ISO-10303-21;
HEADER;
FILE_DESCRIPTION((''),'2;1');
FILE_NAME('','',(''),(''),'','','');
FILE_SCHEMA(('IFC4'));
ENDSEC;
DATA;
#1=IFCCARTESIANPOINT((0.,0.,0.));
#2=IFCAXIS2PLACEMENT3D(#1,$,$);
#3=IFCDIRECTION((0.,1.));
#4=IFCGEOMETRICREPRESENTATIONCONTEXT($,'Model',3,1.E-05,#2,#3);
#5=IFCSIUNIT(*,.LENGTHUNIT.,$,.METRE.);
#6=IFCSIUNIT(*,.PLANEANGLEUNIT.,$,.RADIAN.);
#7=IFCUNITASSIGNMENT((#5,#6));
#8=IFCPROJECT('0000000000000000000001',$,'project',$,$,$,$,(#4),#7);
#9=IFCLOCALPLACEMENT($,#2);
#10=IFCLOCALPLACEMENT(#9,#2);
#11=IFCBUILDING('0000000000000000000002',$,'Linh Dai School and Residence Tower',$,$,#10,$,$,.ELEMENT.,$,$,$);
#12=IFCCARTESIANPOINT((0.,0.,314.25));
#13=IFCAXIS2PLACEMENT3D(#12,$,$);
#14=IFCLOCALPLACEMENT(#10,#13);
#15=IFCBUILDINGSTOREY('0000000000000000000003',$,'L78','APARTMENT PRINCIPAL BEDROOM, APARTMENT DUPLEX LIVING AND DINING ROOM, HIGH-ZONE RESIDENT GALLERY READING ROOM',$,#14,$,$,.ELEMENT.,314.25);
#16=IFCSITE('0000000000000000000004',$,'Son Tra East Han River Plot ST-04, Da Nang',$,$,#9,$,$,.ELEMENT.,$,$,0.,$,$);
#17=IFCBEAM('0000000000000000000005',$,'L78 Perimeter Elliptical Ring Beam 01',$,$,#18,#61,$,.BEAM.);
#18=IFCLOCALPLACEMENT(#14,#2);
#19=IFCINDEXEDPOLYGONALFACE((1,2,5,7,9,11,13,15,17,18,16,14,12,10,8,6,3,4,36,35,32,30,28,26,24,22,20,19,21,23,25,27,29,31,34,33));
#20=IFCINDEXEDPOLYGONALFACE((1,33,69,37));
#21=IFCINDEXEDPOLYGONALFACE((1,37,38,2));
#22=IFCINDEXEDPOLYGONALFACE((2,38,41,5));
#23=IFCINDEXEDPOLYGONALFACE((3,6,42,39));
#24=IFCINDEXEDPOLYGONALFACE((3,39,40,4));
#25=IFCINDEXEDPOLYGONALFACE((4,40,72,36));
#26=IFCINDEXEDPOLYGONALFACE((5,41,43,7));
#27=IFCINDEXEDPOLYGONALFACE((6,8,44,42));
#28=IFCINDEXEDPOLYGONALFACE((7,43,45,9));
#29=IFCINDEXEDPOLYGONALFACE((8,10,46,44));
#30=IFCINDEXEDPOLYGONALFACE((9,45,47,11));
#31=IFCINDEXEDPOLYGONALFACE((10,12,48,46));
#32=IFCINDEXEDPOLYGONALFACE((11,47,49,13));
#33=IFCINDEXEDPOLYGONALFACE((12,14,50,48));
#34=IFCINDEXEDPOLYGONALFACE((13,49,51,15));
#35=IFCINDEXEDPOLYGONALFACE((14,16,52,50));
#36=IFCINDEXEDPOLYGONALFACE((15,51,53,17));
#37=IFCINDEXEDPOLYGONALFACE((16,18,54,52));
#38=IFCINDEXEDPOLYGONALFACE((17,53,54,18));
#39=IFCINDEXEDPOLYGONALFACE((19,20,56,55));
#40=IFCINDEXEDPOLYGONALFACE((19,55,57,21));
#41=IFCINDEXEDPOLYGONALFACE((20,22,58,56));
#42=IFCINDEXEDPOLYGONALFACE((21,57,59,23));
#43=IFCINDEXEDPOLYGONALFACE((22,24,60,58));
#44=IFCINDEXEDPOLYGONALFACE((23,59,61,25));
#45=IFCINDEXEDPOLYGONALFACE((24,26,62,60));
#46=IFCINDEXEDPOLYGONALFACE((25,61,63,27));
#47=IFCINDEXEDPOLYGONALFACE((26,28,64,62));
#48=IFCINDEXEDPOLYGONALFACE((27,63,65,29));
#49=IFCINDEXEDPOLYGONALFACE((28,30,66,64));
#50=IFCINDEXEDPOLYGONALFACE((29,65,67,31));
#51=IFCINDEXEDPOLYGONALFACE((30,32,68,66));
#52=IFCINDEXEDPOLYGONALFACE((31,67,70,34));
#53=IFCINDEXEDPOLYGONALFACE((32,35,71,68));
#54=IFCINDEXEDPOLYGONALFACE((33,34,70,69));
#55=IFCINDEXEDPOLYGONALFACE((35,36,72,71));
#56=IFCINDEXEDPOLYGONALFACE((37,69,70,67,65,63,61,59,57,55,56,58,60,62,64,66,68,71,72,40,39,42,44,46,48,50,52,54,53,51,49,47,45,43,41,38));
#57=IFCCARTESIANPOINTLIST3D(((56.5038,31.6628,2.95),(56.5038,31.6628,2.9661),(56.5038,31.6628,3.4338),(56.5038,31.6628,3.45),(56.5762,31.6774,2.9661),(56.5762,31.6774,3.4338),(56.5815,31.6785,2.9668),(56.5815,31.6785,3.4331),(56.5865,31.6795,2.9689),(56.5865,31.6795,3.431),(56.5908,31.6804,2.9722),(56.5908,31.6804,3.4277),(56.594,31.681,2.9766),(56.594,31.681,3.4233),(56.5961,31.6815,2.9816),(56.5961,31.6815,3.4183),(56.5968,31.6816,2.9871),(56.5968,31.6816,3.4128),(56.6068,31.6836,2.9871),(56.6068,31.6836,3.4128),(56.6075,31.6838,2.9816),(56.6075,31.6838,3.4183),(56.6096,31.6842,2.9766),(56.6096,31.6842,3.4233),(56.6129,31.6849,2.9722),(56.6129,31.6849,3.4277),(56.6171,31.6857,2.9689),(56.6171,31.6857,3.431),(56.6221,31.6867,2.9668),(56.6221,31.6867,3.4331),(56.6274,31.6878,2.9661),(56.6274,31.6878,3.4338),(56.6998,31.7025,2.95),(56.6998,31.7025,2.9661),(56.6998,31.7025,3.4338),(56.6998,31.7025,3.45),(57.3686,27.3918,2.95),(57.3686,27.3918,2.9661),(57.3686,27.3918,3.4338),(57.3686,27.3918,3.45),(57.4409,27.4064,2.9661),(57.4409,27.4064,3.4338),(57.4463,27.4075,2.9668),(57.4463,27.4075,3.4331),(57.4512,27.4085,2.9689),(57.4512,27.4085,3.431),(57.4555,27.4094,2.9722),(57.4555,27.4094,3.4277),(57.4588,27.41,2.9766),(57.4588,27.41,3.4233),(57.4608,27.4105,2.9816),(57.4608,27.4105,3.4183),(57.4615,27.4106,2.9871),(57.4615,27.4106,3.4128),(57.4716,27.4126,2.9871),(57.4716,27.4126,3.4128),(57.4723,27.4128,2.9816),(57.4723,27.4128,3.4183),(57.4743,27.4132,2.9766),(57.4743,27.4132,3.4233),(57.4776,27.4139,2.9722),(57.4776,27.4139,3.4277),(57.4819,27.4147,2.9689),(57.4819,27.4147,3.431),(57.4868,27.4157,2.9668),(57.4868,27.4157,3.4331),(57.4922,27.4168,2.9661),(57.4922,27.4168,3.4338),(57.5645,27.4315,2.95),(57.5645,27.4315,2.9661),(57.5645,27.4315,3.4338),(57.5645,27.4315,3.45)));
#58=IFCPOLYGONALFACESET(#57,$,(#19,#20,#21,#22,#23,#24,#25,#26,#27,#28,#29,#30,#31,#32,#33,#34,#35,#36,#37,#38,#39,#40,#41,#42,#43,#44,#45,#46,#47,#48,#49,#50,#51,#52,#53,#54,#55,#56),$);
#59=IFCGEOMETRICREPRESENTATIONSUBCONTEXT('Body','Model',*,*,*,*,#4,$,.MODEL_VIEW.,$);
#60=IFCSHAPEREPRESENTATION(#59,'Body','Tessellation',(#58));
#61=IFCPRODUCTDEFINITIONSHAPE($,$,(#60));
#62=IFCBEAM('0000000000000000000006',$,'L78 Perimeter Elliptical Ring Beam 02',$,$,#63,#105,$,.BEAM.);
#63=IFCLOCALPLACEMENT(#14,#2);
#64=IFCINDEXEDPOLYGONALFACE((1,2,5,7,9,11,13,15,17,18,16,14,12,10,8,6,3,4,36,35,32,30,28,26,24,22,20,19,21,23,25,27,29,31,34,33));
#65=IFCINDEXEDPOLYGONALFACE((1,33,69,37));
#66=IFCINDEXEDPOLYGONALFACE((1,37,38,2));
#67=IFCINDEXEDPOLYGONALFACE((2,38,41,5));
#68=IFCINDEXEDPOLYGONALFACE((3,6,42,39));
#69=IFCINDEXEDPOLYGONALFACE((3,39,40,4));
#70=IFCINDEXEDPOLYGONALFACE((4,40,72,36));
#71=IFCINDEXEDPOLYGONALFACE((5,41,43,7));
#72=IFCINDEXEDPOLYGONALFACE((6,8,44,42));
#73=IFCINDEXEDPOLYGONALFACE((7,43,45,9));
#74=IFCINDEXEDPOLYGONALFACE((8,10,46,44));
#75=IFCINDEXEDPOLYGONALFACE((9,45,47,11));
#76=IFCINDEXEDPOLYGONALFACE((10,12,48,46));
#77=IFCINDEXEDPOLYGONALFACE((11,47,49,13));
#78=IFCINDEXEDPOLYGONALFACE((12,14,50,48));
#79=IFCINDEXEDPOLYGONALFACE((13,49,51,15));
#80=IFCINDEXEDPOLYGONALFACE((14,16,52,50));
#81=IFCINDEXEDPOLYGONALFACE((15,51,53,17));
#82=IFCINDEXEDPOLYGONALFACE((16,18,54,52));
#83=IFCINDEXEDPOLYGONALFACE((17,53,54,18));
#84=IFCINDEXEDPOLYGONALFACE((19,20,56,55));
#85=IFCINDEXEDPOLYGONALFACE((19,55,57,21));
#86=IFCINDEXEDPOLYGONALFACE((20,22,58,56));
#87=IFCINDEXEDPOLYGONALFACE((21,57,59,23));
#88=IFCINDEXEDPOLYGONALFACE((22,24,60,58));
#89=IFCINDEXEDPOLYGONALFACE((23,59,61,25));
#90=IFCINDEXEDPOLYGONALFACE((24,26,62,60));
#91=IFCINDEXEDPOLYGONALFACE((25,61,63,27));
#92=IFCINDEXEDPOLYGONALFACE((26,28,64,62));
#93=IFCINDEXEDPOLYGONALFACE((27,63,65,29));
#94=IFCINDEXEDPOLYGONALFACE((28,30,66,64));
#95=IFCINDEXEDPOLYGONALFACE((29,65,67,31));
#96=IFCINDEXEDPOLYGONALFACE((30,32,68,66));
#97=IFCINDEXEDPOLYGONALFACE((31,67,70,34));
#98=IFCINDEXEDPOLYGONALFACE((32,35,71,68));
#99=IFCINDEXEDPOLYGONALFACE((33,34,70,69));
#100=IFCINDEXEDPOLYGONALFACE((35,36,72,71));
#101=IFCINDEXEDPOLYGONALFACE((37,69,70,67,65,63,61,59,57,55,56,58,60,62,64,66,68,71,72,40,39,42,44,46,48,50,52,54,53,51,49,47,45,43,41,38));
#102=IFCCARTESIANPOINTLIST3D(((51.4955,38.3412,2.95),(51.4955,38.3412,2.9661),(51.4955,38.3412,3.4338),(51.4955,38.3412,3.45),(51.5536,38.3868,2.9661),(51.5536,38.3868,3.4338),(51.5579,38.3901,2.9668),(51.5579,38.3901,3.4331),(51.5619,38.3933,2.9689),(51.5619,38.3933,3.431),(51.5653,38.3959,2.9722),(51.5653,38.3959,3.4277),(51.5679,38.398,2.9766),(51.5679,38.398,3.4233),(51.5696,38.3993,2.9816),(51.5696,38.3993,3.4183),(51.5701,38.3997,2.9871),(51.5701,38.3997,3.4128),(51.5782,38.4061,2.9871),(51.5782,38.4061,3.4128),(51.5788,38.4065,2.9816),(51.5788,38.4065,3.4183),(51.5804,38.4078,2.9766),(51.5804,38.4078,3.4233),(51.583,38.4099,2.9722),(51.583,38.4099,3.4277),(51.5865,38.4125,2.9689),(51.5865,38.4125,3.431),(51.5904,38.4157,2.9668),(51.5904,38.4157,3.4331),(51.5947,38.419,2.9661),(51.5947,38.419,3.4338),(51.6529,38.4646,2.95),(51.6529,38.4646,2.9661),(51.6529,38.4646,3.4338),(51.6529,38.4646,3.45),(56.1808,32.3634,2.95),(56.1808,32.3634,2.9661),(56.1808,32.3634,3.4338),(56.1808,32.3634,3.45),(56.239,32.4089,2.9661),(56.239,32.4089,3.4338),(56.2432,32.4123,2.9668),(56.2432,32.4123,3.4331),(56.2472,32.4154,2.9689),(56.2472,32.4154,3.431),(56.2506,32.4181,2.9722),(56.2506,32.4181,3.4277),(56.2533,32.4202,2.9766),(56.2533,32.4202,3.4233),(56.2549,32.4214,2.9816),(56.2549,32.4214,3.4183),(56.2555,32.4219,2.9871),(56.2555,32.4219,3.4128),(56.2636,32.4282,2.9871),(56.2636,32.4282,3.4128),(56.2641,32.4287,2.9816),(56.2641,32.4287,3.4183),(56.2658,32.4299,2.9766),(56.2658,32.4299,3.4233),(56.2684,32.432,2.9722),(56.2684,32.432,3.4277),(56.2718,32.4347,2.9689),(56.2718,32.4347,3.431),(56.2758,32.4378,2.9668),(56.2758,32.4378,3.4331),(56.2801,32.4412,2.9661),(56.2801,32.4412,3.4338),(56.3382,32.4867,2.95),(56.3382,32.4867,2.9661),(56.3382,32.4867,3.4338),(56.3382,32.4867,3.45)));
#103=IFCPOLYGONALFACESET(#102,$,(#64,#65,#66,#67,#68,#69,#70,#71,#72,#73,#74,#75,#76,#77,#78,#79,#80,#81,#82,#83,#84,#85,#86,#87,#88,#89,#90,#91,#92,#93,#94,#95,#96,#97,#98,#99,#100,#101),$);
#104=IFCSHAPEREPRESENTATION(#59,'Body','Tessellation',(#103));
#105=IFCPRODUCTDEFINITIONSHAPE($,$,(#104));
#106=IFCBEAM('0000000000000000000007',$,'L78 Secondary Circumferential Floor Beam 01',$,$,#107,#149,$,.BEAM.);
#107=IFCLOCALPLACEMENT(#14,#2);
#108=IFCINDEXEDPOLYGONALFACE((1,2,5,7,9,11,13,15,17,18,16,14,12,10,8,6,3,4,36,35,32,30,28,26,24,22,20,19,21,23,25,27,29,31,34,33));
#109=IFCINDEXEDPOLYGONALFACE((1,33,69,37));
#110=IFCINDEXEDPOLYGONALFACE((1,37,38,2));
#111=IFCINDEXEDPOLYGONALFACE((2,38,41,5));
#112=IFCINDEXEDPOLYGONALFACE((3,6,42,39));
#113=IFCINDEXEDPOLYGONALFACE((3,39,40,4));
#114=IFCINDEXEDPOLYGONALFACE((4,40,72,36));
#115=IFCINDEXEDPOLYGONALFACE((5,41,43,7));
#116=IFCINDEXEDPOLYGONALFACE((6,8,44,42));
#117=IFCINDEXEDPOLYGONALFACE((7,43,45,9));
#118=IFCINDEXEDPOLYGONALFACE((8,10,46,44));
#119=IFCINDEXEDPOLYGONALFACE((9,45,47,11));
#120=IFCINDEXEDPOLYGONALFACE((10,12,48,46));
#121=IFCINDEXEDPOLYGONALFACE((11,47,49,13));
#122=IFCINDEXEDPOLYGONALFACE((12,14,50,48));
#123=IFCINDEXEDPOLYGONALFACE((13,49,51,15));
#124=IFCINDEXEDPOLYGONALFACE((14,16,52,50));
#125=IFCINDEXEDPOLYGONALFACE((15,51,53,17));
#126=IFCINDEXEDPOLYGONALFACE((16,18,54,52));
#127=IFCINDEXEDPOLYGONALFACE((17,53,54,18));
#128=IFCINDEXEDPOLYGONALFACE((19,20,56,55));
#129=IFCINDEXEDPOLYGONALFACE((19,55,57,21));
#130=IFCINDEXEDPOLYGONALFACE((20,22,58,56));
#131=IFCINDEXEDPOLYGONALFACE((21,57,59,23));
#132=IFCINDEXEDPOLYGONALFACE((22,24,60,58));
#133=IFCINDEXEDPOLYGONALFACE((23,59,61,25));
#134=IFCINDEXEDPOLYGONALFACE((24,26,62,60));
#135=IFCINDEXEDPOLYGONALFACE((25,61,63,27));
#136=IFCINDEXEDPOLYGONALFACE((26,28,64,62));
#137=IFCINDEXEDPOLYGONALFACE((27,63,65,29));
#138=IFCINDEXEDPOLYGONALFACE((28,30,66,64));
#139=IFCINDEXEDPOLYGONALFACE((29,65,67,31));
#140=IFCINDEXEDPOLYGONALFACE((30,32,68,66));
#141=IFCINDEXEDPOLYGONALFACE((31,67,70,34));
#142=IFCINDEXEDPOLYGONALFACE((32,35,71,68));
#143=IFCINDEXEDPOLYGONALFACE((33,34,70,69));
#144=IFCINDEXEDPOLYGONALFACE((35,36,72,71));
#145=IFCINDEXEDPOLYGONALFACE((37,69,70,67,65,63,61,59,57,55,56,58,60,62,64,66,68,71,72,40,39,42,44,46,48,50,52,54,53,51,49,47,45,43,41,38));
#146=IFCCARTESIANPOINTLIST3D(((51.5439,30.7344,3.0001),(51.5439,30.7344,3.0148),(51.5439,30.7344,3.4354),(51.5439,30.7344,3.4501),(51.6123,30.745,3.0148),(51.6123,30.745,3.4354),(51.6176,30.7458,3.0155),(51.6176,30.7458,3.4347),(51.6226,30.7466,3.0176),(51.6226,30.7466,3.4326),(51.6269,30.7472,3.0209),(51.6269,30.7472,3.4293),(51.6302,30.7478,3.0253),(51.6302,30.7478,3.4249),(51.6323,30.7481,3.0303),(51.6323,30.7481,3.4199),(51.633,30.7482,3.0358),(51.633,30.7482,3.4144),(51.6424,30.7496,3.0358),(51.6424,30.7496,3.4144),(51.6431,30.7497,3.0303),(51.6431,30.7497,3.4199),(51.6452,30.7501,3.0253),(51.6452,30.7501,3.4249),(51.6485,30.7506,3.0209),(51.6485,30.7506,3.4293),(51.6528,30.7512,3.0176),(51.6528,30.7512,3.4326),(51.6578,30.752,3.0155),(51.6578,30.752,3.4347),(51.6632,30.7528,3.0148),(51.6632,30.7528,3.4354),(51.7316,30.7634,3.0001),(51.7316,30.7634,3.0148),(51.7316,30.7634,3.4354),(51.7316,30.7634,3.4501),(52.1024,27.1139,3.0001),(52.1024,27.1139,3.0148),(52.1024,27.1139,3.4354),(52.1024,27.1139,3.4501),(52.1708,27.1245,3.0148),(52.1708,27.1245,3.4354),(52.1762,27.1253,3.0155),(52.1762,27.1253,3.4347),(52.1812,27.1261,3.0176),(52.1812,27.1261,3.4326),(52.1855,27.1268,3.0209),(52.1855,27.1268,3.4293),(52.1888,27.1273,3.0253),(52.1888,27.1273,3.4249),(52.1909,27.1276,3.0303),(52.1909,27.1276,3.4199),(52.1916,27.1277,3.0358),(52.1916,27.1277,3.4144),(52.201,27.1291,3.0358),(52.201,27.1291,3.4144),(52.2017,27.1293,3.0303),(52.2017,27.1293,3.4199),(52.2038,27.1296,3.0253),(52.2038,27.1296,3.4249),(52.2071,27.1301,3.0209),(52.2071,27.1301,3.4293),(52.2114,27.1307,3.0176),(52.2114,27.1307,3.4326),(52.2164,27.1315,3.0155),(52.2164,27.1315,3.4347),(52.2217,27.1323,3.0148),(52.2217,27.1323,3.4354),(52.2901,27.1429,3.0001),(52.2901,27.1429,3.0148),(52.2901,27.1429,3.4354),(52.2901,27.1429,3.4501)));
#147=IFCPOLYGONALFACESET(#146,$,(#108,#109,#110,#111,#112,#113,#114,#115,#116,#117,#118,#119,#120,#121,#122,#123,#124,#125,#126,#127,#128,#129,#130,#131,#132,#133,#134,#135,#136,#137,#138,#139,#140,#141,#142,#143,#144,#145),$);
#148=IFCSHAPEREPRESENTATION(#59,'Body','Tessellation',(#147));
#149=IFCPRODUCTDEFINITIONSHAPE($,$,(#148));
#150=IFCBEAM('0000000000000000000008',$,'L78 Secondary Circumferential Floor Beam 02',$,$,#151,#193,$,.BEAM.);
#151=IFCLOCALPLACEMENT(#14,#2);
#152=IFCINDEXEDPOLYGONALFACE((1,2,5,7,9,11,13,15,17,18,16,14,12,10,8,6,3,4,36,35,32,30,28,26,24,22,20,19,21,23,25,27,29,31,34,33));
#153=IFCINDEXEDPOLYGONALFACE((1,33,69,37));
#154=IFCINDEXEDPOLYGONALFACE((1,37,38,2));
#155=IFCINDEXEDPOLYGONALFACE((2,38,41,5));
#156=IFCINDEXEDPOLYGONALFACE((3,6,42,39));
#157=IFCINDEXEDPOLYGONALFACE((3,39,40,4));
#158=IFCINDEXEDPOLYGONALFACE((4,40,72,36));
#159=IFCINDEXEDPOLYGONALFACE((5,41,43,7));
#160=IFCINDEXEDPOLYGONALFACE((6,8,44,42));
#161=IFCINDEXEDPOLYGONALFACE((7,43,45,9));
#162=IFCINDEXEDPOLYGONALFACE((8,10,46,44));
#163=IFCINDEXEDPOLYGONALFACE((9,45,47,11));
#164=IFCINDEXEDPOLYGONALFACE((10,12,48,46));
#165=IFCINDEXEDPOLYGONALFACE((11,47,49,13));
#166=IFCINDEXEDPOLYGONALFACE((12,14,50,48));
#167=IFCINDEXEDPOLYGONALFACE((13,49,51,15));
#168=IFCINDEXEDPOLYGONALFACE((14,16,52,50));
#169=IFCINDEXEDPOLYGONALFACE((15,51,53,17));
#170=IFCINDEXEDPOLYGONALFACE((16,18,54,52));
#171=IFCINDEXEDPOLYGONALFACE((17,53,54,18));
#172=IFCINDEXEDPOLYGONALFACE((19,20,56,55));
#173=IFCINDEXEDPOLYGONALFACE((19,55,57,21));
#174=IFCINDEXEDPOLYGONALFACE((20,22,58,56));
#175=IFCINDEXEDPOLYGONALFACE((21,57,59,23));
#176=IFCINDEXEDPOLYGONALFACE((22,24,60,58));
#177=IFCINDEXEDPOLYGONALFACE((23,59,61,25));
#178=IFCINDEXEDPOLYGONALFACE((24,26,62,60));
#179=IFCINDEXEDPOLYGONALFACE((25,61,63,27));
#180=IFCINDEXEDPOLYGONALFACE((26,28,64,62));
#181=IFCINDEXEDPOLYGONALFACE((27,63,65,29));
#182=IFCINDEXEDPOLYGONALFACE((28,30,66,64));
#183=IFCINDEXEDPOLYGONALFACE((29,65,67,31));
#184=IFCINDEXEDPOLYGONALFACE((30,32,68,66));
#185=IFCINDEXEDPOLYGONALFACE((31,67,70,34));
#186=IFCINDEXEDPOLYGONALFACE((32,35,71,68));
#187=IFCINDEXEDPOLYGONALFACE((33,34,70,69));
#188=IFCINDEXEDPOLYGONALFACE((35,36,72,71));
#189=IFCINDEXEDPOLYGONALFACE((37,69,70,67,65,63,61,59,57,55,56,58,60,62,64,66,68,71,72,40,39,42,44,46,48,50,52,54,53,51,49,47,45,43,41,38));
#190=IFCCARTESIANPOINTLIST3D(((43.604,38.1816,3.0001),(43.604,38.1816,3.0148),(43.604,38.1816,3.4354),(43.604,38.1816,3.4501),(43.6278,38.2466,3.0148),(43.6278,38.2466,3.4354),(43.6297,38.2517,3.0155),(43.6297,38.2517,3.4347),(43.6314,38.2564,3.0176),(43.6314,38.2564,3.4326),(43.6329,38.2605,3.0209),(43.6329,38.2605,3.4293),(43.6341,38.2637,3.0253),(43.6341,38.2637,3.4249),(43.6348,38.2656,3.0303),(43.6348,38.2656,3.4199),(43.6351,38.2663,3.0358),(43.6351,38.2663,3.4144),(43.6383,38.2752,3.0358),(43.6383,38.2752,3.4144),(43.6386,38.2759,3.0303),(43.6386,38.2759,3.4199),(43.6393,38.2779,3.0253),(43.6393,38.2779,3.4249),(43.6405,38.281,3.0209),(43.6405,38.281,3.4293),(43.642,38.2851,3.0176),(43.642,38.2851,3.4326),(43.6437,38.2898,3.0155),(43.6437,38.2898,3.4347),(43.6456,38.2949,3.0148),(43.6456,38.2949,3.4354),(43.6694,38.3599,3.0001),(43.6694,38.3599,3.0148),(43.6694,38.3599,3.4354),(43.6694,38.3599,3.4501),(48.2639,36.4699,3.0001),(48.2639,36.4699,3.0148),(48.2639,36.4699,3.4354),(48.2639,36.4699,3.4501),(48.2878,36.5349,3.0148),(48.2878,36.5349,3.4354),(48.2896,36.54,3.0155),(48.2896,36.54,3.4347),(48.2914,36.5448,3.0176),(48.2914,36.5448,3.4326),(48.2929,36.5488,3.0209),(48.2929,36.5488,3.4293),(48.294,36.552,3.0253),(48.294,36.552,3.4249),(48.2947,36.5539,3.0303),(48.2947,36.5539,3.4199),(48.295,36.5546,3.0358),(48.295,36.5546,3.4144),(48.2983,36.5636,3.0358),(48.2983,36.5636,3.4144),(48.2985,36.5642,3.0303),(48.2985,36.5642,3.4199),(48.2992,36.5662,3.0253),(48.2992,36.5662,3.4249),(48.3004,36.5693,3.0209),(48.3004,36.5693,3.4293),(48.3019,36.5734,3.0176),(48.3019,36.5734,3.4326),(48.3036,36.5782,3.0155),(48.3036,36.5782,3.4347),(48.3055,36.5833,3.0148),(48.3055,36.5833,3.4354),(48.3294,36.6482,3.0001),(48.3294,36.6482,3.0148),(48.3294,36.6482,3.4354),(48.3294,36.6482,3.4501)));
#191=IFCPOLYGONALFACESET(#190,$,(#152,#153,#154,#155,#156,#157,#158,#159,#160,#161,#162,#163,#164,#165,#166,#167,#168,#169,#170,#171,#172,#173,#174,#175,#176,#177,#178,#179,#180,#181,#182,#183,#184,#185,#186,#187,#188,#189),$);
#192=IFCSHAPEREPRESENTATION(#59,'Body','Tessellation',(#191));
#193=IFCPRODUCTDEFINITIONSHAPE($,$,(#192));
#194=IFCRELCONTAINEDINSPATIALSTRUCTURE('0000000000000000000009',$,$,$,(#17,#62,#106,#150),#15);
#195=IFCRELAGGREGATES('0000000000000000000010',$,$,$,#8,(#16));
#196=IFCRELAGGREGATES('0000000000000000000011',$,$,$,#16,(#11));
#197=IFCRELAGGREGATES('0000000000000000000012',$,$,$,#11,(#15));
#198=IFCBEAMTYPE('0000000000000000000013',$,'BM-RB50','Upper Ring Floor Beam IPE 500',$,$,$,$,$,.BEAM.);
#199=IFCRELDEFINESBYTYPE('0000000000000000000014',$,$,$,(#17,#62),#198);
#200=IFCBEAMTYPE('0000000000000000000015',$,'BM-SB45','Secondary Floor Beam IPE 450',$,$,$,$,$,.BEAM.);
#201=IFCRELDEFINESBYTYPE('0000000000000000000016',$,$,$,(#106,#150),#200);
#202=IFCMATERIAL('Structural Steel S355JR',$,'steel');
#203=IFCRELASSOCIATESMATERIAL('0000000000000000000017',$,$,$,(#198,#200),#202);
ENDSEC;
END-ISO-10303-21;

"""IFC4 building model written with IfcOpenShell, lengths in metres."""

from ifc_helpers import new_model, si_unit, direction, frame, origin, origin_2d, place, context, subcontext, project, spatial, i_section, extrude, material, material_profile, profile_set, type_object, element, save


model = new_model("IFC4")

# Units and contexts
model_context = context("Model", 3, precision=1e-05, world=origin(), true_north=direction((0.0, 1.0)))
body_context = subcontext(model_context, "Body", "Model", "MODEL_VIEW")
ifc_project = project(units=[si_unit("LENGTHUNIT", "METRE"), si_unit("PLANEANGLEUNIT", "RADIAN")], contexts=[model_context])

# Site, building, storey
site_placement = place(None, origin())
site = spatial("IfcSite", under=ifc_project, at=site_placement, Name="Son Tra East Han River Plot ST-04, Da Nang", CompositionType="ELEMENT", RefElevation=0.0)
building_placement = place(site_placement, origin())
building = spatial("IfcBuilding", under=site, at=building_placement, Name="Linh Dai School and Residence Tower", CompositionType="ELEMENT")
storey_placement = place(building_placement, frame((0.0, 0.0, 314.25)))
storey = spatial("IfcBuildingStorey", under=building, at=storey_placement, Name="L78", Description="APARTMENT PRINCIPAL BEDROOM, APARTMENT DUPLEX LIVING AND DINING ROOM, HIGH-ZONE RESIDENT GALLERY READING ROOM", CompositionType="ELEMENT", Elevation=314.25)

# Shared definitions
ifc_material_1 = material(Name="Structural Steel S355JR", Category="steel")

# Beams
ifc_material_profile_1 = material_profile(ifc_material_1, i_section(OverallWidth=0.2, OverallDepth=0.5, WebThickness=0.0103, FlangeThickness=0.0161, FilletRadius=0.021, at=origin_2d()), Name="IPE 500")
ifc_profile_set_1 = profile_set([ifc_material_profile_1], Name="Structural Steel S355JR")
beam_type_1 = type_object("IfcBeamType", Name="BM-RB50", Description="Upper Ring Floor Beam IPE 500", PredefinedType="BEAM", material=ifc_profile_set_1)
beam_1_placement = place(storey_placement, frame((57.4666, 27.4116, 3.2), z_axis=(-0.198443, 0.980112, 0.0), x_axis=(-0.980112, -0.198443, 0.0)))
element("IfcBeam", 1, at=beam_1_placement, inside=storey, type_object=beam_type_1, Name="L78 Perimeter Elliptical Ring Beam 01", PredefinedType="BEAM", context=body_context, shape_type="SweptSolid", body=[
    extrude(i_section(OverallWidth=0.2, OverallDepth=0.5, WebThickness=0.0103, FlangeThickness=0.0161, FilletRadius=0.021, at=origin_2d()), origin(), (0.0, 0.0, 1.0), 4.3577),
])
beam_2_placement = place(storey_placement, frame((56.2595, 32.425, 3.2), z_axis=(-0.616883, 0.787055, 0.0), x_axis=(-0.787055, -0.616883, 0.0)))
element("IfcBeam", 2, at=beam_2_placement, inside=storey, type_object=beam_type_1, Name="L78 Perimeter Elliptical Ring Beam 02", PredefinedType="BEAM", context=body_context, shape_type="SweptSolid", body=[
    extrude(i_section(OverallWidth=0.2, OverallDepth=0.5, WebThickness=0.0103, FlangeThickness=0.0161, FilletRadius=0.021, at=origin_2d()), origin(), (0.0, 0.0, 1.0), 7.5952),
])
ifc_material_profile_2 = material_profile(ifc_material_1, i_section(OverallWidth=0.1899, OverallDepth=0.45, WebThickness=0.0095, FlangeThickness=0.0146, FilletRadius=0.021, at=origin_2d()), Name="IPE 450")
ifc_profile_set_2 = profile_set([ifc_material_profile_2], Name="Structural Steel S355JR")
beam_type_2 = type_object("IfcBeamType", Name="BM-SB45", Description="Secondary Floor Beam IPE 450", PredefinedType="BEAM", material=ifc_profile_set_2)
beam_3_placement = place(storey_placement, frame((52.1963, 27.1284, 3.2251), z_axis=(-0.152478, 0.988307, 0.0), x_axis=(-0.988307, -0.152478, 0.0)))
element("IfcBeam", 3, at=beam_3_placement, inside=storey, type_object=beam_type_2, Name="L78 Secondary Circumferential Floor Beam 01", PredefinedType="BEAM", context=body_context, shape_type="SweptSolid", body=[
    extrude(i_section(OverallWidth=0.1899, OverallDepth=0.45, WebThickness=0.0095, FlangeThickness=0.0146, FilletRadius=0.021, at=origin_2d()), origin(), (0.0, 0.0, 1.0), 3.6633),
])
beam_4_placement = place(storey_placement, frame((48.2966, 36.5591, 3.2251), z_axis=(-0.938679, 0.344794, 0.0), x_axis=(-0.344794, -0.938679, 0.0)))
element("IfcBeam", 4, at=beam_4_placement, inside=storey, type_object=beam_type_2, Name="L78 Secondary Circumferential Floor Beam 02", PredefinedType="BEAM", context=body_context, shape_type="SweptSolid", body=[
    extrude(i_section(OverallWidth=0.1899, OverallDepth=0.45, WebThickness=0.0095, FlangeThickness=0.0146, FilletRadius=0.021, at=origin_2d()), origin(), (0.0, 0.0, 1.0), 4.9644),
])

save(model, "model.ifc")
